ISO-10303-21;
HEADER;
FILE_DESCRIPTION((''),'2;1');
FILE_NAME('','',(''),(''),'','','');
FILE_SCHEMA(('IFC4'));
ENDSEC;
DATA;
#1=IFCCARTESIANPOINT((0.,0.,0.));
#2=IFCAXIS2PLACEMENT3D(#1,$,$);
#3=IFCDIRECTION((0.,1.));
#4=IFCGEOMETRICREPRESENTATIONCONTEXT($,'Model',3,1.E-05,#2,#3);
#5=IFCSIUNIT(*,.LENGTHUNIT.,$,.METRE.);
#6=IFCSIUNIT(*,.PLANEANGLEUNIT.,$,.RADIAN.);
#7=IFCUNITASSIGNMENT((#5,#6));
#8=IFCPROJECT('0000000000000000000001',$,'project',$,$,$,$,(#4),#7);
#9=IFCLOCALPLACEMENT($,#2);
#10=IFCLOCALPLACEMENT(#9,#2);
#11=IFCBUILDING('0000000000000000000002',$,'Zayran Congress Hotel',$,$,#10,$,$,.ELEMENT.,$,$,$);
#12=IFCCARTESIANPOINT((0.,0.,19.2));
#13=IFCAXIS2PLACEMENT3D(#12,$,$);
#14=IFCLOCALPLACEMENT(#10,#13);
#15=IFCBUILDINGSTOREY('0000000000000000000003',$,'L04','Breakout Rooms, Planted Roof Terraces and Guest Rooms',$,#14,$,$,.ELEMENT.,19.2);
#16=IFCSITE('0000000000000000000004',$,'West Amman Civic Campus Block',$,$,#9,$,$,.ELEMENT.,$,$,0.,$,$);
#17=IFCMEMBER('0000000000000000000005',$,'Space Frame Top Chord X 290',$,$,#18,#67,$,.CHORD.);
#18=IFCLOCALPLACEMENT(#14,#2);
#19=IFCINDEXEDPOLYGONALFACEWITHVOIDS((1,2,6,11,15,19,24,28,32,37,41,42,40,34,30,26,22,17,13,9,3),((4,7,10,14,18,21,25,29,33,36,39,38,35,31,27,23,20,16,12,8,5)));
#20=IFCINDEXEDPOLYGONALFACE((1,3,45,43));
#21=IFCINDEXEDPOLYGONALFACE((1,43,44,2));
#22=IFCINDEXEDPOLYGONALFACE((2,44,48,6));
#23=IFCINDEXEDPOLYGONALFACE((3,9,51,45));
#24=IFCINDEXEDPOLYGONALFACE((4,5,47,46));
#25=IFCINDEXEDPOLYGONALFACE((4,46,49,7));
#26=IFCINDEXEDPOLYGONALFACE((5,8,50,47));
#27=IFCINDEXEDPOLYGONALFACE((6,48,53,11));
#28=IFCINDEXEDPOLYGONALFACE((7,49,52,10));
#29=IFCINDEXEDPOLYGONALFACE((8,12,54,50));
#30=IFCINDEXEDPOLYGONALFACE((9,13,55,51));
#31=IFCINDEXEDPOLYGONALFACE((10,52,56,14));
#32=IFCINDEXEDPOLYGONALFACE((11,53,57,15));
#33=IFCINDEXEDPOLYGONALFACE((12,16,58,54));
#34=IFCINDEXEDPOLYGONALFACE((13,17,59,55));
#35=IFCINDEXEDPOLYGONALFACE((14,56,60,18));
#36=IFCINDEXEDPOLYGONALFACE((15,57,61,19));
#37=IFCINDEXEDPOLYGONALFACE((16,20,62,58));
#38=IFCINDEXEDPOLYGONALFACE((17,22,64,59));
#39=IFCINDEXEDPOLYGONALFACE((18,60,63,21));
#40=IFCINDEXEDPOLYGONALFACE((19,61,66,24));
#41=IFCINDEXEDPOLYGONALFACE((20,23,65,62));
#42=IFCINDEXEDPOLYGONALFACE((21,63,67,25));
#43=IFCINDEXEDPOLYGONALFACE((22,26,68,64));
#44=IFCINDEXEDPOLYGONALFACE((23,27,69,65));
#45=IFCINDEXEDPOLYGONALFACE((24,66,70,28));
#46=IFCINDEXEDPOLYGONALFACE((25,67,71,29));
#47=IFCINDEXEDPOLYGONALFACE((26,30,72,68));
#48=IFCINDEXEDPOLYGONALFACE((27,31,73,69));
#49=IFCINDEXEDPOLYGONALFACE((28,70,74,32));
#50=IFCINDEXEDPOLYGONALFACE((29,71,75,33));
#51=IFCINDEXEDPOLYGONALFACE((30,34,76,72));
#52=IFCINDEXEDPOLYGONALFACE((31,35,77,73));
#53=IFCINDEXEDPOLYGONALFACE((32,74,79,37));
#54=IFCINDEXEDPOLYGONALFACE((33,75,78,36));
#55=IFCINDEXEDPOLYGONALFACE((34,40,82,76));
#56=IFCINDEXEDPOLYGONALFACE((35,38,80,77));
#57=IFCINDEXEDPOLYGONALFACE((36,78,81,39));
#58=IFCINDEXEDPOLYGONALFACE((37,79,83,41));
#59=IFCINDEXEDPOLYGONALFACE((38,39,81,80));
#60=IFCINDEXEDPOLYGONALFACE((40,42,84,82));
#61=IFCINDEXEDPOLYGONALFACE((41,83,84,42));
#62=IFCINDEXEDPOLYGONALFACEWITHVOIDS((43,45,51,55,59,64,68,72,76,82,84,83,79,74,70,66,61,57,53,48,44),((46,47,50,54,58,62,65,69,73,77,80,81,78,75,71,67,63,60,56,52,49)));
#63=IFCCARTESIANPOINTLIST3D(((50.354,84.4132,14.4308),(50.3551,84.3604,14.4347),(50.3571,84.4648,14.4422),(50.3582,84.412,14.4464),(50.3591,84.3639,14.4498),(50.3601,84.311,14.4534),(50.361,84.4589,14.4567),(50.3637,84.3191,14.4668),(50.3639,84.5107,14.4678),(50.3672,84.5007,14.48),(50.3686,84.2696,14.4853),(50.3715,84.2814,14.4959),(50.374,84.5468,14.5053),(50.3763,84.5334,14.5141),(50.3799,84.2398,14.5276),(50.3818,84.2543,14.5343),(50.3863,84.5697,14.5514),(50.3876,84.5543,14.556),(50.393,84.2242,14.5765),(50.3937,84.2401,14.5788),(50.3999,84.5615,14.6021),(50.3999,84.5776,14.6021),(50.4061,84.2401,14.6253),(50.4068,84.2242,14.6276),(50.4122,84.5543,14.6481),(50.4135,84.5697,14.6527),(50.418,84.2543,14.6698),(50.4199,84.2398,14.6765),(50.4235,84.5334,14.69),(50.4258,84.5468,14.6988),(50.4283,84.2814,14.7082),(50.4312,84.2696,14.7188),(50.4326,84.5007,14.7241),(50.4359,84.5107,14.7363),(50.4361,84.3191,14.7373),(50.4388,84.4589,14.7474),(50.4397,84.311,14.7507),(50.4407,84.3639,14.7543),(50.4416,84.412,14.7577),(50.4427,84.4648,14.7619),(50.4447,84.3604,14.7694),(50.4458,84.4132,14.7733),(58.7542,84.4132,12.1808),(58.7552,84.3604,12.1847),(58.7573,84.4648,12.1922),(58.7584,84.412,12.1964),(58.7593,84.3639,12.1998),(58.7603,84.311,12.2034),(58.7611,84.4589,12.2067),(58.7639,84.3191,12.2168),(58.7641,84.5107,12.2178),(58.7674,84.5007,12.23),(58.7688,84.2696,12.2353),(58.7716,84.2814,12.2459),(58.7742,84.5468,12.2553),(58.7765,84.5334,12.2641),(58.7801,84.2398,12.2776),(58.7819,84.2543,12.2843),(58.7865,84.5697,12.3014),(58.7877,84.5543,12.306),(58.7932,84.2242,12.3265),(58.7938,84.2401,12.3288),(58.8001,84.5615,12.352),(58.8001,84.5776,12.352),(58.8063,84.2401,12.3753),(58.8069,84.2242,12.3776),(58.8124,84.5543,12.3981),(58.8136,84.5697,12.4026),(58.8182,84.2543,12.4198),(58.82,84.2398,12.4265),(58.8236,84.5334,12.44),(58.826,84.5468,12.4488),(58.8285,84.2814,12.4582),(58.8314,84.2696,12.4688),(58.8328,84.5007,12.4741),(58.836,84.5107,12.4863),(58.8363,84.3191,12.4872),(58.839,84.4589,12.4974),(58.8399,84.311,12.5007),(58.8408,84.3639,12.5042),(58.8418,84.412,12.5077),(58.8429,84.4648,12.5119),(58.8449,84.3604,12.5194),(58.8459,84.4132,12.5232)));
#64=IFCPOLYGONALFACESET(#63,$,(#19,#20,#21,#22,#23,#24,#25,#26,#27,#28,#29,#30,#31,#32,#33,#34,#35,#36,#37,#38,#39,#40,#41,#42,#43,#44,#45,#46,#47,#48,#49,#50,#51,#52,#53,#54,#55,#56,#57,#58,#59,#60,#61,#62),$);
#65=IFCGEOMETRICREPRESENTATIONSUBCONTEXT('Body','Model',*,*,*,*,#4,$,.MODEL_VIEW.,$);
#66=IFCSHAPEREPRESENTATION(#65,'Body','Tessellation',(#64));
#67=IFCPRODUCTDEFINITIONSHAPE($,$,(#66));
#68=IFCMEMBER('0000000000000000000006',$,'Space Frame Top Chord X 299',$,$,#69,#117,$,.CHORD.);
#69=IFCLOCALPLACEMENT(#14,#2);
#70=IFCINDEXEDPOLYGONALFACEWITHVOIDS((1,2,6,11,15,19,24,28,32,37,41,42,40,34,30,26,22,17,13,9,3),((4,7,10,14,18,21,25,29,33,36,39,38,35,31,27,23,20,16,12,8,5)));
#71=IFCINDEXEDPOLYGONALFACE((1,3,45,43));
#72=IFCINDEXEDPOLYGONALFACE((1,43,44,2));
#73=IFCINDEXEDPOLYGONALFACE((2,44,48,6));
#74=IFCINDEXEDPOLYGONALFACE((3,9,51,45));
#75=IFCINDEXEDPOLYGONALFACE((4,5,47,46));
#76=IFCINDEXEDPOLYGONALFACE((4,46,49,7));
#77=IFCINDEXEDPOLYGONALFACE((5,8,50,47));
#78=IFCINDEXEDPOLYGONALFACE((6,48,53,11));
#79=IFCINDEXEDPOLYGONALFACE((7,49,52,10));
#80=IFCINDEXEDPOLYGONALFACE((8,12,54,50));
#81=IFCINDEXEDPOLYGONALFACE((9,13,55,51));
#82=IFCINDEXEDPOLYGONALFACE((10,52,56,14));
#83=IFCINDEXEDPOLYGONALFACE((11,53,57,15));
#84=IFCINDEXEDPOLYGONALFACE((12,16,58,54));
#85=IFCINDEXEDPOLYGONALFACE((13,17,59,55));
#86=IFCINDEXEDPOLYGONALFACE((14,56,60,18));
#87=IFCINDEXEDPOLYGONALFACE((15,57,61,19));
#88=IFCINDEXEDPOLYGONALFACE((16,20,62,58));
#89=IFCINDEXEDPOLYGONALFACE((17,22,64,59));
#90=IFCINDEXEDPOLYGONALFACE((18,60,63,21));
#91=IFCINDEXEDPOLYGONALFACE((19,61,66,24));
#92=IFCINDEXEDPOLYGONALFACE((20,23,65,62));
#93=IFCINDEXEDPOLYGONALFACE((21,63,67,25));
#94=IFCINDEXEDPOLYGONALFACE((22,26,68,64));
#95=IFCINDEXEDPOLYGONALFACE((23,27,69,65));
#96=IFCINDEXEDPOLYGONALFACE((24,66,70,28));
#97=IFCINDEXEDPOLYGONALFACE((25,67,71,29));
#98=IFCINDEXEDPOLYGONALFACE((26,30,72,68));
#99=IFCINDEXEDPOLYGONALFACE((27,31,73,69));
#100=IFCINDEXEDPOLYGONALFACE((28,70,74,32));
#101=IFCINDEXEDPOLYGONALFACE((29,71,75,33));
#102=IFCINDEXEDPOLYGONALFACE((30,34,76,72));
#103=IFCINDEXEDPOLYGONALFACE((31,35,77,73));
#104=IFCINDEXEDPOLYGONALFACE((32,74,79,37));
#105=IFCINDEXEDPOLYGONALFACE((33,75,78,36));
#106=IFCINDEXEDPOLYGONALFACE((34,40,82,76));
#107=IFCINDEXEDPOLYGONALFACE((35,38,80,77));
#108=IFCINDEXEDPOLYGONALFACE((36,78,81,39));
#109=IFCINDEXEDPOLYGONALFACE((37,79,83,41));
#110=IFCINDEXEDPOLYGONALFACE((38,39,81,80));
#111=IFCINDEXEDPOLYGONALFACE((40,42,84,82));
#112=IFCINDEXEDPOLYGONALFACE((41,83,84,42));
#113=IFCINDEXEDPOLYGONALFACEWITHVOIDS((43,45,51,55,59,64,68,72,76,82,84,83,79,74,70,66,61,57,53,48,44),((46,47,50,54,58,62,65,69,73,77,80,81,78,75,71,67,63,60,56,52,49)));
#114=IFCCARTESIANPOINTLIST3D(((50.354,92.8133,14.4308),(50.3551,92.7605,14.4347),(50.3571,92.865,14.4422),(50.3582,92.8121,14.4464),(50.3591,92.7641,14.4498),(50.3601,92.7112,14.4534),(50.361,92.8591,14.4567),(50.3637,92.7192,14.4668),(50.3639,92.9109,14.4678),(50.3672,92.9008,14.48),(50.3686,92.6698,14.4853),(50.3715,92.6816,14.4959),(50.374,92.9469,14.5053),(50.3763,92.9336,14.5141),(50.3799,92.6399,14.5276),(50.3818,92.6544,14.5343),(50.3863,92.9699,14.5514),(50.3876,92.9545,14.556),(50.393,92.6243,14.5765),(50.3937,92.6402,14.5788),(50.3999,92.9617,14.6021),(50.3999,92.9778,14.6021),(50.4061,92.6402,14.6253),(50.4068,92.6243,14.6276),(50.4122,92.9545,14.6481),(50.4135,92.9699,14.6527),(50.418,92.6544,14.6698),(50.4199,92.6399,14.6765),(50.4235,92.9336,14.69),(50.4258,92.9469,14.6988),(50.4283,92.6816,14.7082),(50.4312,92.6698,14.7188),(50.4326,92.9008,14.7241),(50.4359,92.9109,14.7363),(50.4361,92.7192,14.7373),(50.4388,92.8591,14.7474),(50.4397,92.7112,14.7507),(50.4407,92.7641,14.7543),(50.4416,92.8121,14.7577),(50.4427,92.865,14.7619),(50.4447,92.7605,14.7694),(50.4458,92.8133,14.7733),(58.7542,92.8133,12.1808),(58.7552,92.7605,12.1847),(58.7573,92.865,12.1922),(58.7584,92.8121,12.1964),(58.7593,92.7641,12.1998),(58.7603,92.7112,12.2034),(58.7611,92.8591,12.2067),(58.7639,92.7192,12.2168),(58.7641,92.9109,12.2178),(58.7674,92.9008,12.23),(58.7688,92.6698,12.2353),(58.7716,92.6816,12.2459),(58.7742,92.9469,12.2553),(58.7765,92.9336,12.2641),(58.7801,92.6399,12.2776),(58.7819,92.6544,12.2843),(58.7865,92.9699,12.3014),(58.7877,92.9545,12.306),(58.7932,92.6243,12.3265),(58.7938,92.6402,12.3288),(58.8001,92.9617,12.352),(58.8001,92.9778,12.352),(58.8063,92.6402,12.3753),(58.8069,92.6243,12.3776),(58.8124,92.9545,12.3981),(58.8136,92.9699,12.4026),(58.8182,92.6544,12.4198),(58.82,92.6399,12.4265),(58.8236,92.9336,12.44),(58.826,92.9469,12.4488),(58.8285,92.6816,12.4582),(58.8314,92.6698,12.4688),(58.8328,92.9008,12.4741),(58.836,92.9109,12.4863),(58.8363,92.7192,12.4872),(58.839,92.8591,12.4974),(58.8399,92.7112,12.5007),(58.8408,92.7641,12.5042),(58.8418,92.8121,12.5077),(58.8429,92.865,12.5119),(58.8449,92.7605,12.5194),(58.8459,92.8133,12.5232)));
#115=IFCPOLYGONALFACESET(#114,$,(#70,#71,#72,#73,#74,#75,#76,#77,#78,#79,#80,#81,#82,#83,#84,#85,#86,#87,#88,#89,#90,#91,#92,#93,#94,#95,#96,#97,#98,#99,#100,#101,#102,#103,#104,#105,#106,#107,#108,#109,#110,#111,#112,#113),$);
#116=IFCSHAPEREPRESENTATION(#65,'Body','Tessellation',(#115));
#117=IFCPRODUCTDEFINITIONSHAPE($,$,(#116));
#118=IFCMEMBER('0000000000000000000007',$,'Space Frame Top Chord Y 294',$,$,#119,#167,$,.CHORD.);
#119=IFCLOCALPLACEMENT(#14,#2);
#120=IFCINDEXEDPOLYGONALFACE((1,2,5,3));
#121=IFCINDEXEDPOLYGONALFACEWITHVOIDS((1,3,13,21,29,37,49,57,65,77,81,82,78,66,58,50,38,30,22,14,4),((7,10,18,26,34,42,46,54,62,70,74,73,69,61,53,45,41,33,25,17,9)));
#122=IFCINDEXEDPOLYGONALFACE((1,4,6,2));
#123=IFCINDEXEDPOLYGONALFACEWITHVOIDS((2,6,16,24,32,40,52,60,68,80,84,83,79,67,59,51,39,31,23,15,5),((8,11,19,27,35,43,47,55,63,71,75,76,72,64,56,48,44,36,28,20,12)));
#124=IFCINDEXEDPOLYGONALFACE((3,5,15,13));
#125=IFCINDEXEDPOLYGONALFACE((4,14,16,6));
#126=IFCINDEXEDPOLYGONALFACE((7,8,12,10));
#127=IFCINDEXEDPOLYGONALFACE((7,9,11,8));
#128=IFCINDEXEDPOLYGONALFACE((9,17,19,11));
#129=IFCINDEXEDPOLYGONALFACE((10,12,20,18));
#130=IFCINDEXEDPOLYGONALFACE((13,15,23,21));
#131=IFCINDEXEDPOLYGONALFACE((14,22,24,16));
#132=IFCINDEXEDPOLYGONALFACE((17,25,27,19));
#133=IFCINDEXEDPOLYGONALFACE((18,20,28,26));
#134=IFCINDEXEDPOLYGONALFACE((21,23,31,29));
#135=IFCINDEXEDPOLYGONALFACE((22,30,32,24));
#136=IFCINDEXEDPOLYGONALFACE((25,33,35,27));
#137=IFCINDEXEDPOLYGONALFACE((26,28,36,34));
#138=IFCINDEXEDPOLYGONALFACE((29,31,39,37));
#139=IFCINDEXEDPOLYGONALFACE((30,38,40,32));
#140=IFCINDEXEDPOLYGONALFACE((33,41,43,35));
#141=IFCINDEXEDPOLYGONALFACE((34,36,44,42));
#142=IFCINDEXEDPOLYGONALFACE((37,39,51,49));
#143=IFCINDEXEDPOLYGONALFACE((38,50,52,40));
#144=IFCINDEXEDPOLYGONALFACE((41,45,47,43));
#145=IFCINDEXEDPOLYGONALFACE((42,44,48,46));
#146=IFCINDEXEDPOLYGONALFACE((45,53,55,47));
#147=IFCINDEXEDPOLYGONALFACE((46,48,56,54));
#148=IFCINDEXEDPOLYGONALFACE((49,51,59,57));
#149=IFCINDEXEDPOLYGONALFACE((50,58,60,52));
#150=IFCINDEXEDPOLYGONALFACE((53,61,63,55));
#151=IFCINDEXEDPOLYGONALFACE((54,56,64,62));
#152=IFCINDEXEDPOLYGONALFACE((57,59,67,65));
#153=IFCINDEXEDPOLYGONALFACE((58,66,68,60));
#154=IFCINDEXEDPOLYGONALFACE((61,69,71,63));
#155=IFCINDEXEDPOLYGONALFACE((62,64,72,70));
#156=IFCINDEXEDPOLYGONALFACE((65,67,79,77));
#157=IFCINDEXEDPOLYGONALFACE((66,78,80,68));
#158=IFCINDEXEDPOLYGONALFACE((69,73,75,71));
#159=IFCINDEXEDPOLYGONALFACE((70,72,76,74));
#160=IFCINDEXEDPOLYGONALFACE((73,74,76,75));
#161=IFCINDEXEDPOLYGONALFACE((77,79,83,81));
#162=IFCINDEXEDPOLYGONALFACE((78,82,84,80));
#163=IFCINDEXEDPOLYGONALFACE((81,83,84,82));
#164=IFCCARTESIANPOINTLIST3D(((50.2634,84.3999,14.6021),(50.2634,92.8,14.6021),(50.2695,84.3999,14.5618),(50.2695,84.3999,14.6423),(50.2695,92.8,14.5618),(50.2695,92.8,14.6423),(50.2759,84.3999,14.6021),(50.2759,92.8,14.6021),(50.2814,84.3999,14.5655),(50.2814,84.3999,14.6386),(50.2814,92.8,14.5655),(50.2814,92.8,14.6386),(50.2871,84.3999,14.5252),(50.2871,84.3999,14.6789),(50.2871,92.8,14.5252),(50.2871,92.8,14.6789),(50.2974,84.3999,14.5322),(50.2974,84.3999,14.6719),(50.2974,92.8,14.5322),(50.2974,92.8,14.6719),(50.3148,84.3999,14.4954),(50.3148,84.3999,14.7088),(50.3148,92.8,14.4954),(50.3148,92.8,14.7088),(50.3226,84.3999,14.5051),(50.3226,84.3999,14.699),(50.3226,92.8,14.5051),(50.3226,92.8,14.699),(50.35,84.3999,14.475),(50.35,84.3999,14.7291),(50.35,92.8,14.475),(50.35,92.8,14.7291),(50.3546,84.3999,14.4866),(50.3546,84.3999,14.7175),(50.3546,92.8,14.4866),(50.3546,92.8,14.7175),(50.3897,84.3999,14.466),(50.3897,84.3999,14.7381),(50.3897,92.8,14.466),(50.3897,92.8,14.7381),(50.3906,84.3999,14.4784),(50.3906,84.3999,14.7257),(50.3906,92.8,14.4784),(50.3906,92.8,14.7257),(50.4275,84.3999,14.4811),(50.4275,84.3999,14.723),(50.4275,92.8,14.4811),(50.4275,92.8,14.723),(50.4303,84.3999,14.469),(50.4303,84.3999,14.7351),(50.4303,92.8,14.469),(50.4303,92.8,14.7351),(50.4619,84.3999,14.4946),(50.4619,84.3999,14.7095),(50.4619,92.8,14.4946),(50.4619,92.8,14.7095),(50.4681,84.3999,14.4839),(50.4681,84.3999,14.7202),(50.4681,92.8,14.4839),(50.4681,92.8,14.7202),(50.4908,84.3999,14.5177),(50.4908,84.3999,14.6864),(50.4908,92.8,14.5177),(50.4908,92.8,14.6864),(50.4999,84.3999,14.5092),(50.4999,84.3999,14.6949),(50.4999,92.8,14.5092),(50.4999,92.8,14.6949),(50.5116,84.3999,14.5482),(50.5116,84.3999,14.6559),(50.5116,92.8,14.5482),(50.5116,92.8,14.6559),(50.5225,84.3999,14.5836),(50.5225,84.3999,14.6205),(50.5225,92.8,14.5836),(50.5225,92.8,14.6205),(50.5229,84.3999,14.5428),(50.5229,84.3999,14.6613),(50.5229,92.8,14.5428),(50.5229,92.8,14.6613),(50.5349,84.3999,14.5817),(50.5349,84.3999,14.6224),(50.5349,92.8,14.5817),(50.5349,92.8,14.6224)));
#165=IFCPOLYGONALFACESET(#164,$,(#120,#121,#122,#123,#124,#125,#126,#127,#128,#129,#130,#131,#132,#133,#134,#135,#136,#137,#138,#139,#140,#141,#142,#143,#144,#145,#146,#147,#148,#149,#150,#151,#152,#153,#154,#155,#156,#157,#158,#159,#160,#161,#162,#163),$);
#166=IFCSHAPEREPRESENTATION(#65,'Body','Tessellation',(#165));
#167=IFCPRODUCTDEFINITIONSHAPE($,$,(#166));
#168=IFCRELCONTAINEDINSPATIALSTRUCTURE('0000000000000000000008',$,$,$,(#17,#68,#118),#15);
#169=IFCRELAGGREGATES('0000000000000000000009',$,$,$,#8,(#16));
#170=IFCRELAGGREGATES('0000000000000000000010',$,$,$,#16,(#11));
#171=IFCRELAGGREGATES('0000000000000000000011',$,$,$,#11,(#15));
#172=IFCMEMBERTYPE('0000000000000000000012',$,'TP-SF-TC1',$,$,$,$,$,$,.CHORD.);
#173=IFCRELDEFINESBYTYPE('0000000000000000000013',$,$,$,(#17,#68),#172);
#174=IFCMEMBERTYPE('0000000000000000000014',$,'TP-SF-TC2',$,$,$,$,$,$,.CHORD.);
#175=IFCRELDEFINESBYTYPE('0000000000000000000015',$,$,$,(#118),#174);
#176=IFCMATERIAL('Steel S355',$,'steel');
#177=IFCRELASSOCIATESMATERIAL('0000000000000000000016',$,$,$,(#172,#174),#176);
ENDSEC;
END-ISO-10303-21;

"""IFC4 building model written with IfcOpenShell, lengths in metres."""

from ifc_helpers import new_model, si_unit, direction, frame, origin, origin_2d, place, context, subcontext, project, spatial, hollow_circle, extrude, material, material_profile, profile_set, type_object, element, save


model = new_model("IFC4")

# Units and contexts
model_context = context("Model", 3, precision=1e-05, world=origin(), true_north=direction((0.0, 1.0)))
body_context = subcontext(model_context, "Body", "Model", "MODEL_VIEW")
ifc_project = project(units=[si_unit("LENGTHUNIT", "METRE"), si_unit("PLANEANGLEUNIT", "RADIAN")], contexts=[model_context])

# Site, building, storey
site_placement = place(None, origin())
site = spatial("IfcSite", under=ifc_project, at=site_placement, Name="West Amman Civic Campus Block", CompositionType="ELEMENT", RefElevation=0.0)
building_placement = place(site_placement, origin())
building = spatial("IfcBuilding", under=site, at=building_placement, Name="Zayran Congress Hotel", CompositionType="ELEMENT")
storey_placement = place(building_placement, frame((0.0, 0.0, 19.2)))
storey = spatial("IfcBuildingStorey", under=building, at=storey_placement, Name="L04", Description="Breakout Rooms, Planted Roof Terraces and Guest Rooms", CompositionType="ELEMENT", Elevation=19.2)

# Members
ifc_material_1 = material(Name="Steel S355", Category="steel")
ifc_material_profile_1 = material_profile(ifc_material_1, hollow_circle(Radius=0.1777, WallThickness=0.0161, at=origin_2d()), Name="CHS 355.6x16")
ifc_profile_set_1 = profile_set([ifc_material_profile_1], Name="Steel S355")
member_type_1 = type_object("IfcMemberType", Name="TP-SF-TC1", PredefinedType="CHORD", material=ifc_profile_set_1)
for number, where, z_axis, x_axis, name in (
    (1, (50.3999, 84.3999, 14.6021), (0.965949, 0.0, -0.258732), (0.0, 1.0, 0.0), "Space Frame Top Chord X 290"),
    (2, (50.3999, 92.8, 14.6021), (0.965949, 0.0, -0.258732), (0.0, 1.0, 0.0), "Space Frame Top Chord X 299"),
):
    element("IfcMember", number, at=place(storey_placement, frame(where, z_axis=z_axis, x_axis=x_axis)), inside=storey, type_object=member_type_1, Name=name, PredefinedType="CHORD", context=body_context, shape_type="SweptSolid", body=[
        extrude(hollow_circle(Radius=0.1777, WallThickness=0.0161, at=origin_2d()), origin(), (0.0, 0.0, 1.0), 8.6963),
    ])
ifc_material_profile_2 = material_profile(ifc_material_1, hollow_circle(Radius=0.1365, WallThickness=0.0125, at=origin_2d()), Name="CHS 273x12.5")
ifc_profile_set_2 = profile_set([ifc_material_profile_2], Name="Steel S355")
member_type_2 = type_object("IfcMemberType", Name="TP-SF-TC2", PredefinedType="CHORD", material=ifc_profile_set_2)
member_1_placement = place(storey_placement, frame((50.3999, 84.3999, 14.6021), z_axis=(0.0, 1.0, 0.0), x_axis=(-1.0, 0.0, 0.0)))
element("IfcMember", 3, at=member_1_placement, inside=storey, type_object=member_type_2, Name="Space Frame Top Chord Y 294", PredefinedType="CHORD", context=body_context, shape_type="SweptSolid", body=[
    extrude(hollow_circle(Radius=0.1365, WallThickness=0.0125, at=origin_2d()), origin(), (0.0, 0.0, 1.0), 8.4001),
])

save(model, "model.ifc")
